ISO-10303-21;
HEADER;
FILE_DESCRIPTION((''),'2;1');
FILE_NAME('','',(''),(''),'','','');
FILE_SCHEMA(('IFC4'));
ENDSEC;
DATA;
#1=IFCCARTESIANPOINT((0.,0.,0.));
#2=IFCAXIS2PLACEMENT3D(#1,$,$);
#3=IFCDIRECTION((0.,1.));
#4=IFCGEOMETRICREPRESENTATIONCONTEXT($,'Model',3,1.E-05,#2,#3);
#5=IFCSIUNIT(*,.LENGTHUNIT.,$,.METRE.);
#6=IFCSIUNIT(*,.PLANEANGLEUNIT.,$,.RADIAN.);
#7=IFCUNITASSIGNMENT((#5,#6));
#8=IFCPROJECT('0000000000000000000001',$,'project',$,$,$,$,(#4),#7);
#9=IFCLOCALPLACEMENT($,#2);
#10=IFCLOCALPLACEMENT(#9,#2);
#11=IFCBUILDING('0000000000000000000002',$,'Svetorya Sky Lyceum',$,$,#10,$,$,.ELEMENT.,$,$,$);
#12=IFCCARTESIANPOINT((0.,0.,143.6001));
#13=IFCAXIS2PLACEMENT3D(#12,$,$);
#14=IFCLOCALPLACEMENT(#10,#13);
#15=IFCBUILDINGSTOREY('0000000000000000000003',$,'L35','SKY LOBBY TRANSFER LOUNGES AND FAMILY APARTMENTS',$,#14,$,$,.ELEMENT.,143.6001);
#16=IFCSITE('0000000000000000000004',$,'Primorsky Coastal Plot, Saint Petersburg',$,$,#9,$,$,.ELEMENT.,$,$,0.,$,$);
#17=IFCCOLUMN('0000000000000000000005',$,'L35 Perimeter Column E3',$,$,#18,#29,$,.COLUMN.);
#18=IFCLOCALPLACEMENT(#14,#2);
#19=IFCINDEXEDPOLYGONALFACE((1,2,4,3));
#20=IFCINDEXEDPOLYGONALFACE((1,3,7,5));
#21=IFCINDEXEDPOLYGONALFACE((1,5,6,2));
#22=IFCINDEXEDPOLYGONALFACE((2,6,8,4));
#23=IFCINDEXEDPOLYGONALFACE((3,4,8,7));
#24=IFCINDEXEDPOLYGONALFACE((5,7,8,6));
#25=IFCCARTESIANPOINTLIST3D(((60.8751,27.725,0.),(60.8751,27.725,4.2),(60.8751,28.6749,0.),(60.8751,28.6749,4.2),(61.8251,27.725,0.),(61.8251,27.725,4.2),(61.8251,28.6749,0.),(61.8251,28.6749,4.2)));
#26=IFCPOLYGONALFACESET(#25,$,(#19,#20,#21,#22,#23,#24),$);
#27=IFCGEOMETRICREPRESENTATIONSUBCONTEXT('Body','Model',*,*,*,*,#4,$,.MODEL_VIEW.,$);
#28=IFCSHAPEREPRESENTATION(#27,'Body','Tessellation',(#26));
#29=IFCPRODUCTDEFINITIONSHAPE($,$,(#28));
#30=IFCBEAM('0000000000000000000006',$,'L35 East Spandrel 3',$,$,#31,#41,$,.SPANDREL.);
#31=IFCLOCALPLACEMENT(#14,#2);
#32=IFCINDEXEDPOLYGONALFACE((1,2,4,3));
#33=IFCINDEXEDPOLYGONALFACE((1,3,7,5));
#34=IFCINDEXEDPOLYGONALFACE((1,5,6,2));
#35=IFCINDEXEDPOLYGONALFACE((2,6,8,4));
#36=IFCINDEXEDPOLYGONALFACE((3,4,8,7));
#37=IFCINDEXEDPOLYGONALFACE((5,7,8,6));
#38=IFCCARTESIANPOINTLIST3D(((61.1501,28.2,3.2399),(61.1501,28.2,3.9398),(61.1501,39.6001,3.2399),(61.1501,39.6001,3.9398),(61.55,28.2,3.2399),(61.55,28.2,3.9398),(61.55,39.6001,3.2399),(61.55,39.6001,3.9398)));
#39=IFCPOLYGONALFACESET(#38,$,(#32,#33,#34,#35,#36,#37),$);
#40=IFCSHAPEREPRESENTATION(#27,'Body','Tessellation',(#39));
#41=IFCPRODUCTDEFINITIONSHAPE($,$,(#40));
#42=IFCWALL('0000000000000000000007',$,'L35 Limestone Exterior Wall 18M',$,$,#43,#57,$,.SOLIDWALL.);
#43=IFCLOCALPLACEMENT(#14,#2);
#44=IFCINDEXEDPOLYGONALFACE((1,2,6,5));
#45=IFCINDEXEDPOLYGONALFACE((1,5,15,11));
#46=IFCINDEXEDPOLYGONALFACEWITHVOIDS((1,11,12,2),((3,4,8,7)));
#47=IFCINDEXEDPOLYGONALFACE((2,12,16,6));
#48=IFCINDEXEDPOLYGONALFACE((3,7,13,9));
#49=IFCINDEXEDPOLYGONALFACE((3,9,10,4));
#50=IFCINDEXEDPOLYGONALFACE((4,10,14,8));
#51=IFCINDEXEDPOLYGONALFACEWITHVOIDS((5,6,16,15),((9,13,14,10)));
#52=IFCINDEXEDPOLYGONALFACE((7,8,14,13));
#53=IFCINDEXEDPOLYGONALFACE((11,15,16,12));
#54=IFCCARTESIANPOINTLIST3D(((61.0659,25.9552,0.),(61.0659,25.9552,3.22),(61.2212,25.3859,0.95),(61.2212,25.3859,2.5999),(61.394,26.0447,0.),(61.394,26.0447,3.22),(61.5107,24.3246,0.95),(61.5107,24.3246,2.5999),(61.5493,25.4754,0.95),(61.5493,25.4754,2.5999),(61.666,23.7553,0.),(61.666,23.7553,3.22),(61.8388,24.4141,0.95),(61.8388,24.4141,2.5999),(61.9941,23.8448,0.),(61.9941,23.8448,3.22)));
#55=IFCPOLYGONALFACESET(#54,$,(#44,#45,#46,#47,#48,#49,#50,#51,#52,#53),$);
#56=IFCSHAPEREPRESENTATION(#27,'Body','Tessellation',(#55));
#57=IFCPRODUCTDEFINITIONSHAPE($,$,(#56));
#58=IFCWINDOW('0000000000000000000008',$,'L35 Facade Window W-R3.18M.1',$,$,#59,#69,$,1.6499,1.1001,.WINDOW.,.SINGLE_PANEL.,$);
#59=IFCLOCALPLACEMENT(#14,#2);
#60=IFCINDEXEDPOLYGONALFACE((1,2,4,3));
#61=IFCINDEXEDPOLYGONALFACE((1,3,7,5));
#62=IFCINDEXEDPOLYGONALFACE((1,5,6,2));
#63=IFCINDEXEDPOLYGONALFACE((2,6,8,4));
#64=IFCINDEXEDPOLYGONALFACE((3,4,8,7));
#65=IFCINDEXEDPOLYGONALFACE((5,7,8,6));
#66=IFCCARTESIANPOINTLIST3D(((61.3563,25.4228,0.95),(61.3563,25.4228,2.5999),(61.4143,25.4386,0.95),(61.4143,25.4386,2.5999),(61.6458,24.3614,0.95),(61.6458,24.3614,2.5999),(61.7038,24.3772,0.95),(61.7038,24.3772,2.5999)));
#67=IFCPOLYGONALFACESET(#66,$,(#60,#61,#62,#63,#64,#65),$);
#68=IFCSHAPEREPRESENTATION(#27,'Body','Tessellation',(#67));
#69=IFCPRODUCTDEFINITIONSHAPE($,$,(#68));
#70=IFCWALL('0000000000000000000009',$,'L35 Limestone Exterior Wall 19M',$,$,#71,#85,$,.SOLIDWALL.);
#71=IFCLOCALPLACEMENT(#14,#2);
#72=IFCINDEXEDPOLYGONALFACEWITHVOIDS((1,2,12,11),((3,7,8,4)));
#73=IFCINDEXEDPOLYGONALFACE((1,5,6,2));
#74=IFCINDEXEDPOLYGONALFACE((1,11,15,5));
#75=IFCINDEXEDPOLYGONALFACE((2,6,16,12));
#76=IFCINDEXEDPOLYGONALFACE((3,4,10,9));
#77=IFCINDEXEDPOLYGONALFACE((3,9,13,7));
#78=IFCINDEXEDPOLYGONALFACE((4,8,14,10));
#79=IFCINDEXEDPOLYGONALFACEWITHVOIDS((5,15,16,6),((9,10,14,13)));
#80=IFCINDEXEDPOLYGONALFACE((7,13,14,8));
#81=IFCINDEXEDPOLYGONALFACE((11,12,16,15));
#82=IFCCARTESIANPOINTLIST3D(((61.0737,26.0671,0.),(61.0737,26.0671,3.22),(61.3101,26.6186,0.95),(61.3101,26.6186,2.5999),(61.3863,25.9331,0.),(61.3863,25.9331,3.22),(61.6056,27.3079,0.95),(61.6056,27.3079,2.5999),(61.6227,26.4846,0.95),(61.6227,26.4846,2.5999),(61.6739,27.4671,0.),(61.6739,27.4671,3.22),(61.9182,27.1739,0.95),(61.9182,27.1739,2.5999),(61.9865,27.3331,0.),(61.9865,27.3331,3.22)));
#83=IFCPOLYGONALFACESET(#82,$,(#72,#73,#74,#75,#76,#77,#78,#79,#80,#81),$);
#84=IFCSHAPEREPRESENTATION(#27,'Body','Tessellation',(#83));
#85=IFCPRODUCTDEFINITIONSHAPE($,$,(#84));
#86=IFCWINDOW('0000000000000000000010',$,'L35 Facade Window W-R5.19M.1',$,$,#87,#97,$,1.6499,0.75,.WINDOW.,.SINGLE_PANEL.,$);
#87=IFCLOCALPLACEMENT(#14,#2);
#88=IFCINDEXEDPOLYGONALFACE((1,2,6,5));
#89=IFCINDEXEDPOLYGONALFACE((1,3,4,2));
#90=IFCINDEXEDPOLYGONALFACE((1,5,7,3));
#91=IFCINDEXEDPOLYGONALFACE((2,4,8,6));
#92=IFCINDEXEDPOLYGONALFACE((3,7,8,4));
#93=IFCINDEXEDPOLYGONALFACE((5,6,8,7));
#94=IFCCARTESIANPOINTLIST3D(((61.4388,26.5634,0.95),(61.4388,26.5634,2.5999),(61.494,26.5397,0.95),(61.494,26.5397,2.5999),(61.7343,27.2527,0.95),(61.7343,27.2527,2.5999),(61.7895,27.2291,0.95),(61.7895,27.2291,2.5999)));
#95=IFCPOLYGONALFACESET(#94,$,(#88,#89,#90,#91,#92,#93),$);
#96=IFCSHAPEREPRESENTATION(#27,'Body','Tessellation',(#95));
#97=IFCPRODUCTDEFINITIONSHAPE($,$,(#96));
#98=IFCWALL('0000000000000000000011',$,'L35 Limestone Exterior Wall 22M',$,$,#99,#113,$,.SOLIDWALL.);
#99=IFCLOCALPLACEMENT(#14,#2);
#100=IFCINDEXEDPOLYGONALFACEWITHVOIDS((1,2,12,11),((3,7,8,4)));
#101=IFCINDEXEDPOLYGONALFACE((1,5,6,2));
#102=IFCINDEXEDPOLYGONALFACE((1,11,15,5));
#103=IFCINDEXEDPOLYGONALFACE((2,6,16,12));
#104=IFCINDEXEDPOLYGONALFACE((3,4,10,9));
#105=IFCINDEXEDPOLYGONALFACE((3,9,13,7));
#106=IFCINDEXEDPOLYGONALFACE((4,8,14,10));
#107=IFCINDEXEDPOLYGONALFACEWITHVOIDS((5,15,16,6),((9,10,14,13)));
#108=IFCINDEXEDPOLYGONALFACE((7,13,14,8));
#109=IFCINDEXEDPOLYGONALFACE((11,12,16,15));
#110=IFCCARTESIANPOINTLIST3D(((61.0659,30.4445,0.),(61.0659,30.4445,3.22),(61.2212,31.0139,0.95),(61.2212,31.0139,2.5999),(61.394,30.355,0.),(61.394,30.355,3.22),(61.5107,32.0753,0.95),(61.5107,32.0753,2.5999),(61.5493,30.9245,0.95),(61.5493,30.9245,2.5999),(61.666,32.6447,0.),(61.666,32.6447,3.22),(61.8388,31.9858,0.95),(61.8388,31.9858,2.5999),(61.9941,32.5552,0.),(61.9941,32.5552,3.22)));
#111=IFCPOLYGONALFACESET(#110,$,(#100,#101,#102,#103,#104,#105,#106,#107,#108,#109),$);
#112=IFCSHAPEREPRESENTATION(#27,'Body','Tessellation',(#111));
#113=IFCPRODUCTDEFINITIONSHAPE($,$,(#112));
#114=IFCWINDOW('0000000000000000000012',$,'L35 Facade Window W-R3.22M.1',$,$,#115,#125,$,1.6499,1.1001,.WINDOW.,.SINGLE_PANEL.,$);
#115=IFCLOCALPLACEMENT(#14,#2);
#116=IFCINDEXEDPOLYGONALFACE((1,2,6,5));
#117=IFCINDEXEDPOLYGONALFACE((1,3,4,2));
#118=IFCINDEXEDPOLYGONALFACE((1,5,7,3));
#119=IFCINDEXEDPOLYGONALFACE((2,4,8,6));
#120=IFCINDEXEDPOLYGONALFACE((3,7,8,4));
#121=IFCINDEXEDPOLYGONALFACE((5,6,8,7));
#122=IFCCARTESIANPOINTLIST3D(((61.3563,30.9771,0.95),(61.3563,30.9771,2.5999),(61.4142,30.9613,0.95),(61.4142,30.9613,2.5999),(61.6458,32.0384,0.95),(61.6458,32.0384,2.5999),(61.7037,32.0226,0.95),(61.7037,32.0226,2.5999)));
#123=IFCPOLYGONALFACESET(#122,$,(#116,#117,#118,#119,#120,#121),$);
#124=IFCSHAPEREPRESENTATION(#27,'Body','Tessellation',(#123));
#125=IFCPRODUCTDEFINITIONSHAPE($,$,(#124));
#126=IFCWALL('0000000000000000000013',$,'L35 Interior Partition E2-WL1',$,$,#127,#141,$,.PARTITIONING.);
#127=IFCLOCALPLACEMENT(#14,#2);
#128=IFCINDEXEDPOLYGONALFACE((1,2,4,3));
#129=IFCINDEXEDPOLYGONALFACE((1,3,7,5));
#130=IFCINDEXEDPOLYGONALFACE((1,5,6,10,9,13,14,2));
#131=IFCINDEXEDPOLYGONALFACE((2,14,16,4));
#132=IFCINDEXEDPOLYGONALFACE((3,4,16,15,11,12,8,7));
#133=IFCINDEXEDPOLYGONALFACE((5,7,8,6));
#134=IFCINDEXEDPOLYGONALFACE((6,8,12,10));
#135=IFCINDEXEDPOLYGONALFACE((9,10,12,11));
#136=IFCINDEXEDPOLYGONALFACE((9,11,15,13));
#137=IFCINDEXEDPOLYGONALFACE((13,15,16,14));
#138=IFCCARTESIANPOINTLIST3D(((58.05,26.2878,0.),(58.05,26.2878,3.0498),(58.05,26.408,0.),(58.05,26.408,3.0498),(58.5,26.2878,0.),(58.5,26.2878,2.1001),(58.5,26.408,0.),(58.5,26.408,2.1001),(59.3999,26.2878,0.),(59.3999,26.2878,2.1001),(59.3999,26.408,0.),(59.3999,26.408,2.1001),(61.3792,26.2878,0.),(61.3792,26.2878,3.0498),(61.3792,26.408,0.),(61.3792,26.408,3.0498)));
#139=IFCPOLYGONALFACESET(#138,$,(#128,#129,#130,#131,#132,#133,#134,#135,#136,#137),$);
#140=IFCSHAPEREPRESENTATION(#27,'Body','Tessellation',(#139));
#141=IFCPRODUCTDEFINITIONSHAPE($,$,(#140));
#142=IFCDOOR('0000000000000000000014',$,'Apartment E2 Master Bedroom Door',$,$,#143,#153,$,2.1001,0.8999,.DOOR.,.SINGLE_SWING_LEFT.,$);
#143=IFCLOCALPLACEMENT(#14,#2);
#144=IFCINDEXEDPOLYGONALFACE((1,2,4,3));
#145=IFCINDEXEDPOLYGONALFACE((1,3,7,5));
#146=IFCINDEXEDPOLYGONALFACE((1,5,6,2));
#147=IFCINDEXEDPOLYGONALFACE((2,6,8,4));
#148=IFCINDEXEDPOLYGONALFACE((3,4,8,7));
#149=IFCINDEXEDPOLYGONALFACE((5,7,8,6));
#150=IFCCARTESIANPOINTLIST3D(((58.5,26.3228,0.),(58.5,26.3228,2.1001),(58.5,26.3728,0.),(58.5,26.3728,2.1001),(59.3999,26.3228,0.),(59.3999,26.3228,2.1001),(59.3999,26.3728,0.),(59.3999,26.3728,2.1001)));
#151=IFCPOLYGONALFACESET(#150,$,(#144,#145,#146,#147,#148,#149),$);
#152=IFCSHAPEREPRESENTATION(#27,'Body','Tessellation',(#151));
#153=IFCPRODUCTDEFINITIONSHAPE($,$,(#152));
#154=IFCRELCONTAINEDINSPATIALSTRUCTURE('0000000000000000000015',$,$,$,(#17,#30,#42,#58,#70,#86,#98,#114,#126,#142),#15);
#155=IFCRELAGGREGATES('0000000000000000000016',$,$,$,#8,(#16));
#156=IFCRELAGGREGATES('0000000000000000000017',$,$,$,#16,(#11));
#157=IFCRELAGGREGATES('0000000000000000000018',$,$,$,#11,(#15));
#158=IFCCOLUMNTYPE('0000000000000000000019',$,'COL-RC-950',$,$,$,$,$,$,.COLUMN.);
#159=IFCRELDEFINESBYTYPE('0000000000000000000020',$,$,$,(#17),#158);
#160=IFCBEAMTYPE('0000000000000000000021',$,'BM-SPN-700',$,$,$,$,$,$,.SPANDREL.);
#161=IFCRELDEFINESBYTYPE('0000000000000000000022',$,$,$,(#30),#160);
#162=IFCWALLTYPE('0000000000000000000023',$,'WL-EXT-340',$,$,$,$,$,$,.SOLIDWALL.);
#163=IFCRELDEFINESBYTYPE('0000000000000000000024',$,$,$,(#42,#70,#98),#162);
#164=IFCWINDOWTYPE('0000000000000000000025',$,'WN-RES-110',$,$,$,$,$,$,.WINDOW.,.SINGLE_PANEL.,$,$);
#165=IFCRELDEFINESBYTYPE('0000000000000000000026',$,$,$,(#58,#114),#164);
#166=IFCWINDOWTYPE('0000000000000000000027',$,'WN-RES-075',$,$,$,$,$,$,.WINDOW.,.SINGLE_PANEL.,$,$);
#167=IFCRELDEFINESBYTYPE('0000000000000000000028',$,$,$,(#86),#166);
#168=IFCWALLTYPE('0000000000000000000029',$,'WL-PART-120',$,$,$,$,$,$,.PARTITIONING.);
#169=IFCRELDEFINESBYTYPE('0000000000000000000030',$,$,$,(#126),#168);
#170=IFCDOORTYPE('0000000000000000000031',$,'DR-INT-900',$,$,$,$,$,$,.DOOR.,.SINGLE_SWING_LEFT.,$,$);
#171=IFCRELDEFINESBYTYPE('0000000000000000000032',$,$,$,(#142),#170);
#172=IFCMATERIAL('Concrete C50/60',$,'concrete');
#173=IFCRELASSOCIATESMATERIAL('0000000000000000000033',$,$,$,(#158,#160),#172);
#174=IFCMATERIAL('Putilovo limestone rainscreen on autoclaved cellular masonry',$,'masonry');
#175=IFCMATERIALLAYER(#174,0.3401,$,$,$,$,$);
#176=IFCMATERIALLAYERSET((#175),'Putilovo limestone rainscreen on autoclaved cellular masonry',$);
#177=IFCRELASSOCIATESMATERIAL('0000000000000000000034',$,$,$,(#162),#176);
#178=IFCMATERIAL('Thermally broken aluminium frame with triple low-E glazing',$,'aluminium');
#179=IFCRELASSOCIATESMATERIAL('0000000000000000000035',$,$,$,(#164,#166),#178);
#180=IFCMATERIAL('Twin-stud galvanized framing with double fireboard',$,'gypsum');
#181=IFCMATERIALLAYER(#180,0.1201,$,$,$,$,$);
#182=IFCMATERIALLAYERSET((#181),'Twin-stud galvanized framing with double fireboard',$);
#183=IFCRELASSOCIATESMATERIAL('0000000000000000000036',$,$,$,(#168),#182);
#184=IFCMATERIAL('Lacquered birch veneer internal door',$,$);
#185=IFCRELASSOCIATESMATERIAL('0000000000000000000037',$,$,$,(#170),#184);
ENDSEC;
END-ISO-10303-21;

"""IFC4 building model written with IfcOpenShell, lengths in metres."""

from ifc_helpers import new_model, si_unit, direction, frame, frame_2d, origin, origin_2d, place, context, subcontext, project, spatial, rectangle, extrude, material, layer, layer_set, material_profile, profile_set, type_object, element, fill, save


model = new_model("IFC4")

# Units and contexts
model_context = context("Model", 3, precision=1e-05, world=origin(), true_north=direction((0.0, 1.0)))
body_context = subcontext(model_context, "Body", "Model", "MODEL_VIEW")
ifc_project = project(units=[si_unit("LENGTHUNIT", "METRE"), si_unit("PLANEANGLEUNIT", "RADIAN")], contexts=[model_context])

# Site, building, storey
site_placement = place(None, origin())
site = spatial("IfcSite", under=ifc_project, at=site_placement, Name="Primorsky Coastal Plot, Saint Petersburg", CompositionType="ELEMENT", RefElevation=0.0)
building_placement = place(site_placement, origin())
building = spatial("IfcBuilding", under=site, at=building_placement, Name="Svetorya Sky Lyceum", CompositionType="ELEMENT")
storey_placement = place(building_placement, frame((0.0, 0.0, 143.6001)))
storey = spatial("IfcBuildingStorey", under=building, at=storey_placement, Name="L35", Description="SKY LOBBY TRANSFER LOUNGES AND FAMILY APARTMENTS", CompositionType="ELEMENT", Elevation=143.6001)

# Column
ifc_material_1 = material(Name="Concrete C50/60", Category="concrete")
ifc_material_profile_1 = material_profile(ifc_material_1, rectangle(XDim=0.95, YDim=0.95, at=origin_2d()), Name="RC COL 950x950")
ifc_profile_set_1 = profile_set([ifc_material_profile_1], Name="Concrete C50/60")
column_type = type_object("IfcColumnType", Name="COL-RC-950", PredefinedType="COLUMN", material=ifc_profile_set_1)
column_placement = place(storey_placement, frame((61.3501, 28.2, 0.0), z_axis=(0.0, 0.0, 1.0), x_axis=(1.0, 0.0, 0.0)))
element("IfcColumn", 1, at=column_placement, inside=storey, type_object=column_type, Name="L35 Perimeter Column E3", PredefinedType="COLUMN", context=body_context, shape_type="SweptSolid", body=[
    extrude(rectangle(XDim=0.95, YDim=0.95, at=origin_2d()), origin(), (0.0, 0.0, 1.0), 4.2),
])

# Beam
ifc_material_profile_2 = material_profile(ifc_material_1, rectangle(XDim=0.3999, YDim=0.7, at=origin_2d()), Name="RC SPANDREL 400x700")
ifc_profile_set_2 = profile_set([ifc_material_profile_2], Name="Concrete C50/60")
beam_type = type_object("IfcBeamType", Name="BM-SPN-700", PredefinedType="SPANDREL", material=ifc_profile_set_2)
beam_placement = place(storey_placement, frame((61.3501, 28.2, 3.5898), z_axis=(0.0, 1.0, 0.0), x_axis=(-1.0, 0.0, 0.0)))
element("IfcBeam", 2, at=beam_placement, inside=storey, type_object=beam_type, Name="L35 East Spandrel 3", PredefinedType="SPANDREL", context=body_context, shape_type="SweptSolid", body=[
    extrude(rectangle(XDim=0.3999, YDim=0.7, at=origin_2d()), origin(), (0.0, 0.0, 1.0), 11.4001),
])

# Walls, openings, windows
ifc_material_2 = material(Name="Putilovo limestone rainscreen on autoclaved cellular masonry", Category="masonry")
ifc_layer_1 = layer(ifc_material_2, 0.3401)
ifc_layer_set_1 = layer_set([ifc_layer_1], Name="Putilovo limestone rainscreen on autoclaved cellular masonry")
wall_type_1 = type_object("IfcWallType", Name="WL-EXT-340", PredefinedType="SOLIDWALL", material=ifc_layer_set_1)
wall_1_placement = place(storey_placement, frame((61.8301, 23.8, 0.0), z_axis=(0.0, 0.0, 1.0), x_axis=(-0.263163, 0.964751, 0.0)))
wall_1 = element("IfcWall", 3, at=wall_1_placement, inside=storey, type_object=wall_type_1, Name="L35 Limestone Exterior Wall 18M", PredefinedType="SOLIDWALL", context=body_context, shape_type="SweptSolid", body=[
    extrude(rectangle(XDim=2.2803, YDim=0.3401, at=frame_2d((1.1401, 0.0))), origin(), (0.0, 0.0, 1.0), 3.22),
])
opening_1_placement = place(wall_1_placement, frame((0.5901, 0.0, 0.95)))
opening_1 = element("IfcOpeningElement", 4, at=opening_1_placement, cuts=wall_1, PredefinedType="OPENING", context=body_context, shape_type="SweptSolid", body=[
    extrude(rectangle(XDim=1.1001, YDim=1.6499, at=frame_2d((0.55, 0.825))), frame((0.0, 0.1799, 0.0), z_axis=(0.0, -1.0, 0.0), x_axis=(1.0, 0.0, 0.0)), (0.0, 0.0, 1.0), 0.3601),
])
ifc_material_3 = material(Name="Thermally broken aluminium frame with triple low-E glazing", Category="aluminium")
window_type_1 = type_object("IfcWindowType", Name="WN-RES-110", PartitioningType="SINGLE_PANEL", PredefinedType="WINDOW", material=ifc_material_3)
window_1_placement = place(opening_1_placement, origin())
window_1 = element("IfcWindow", 5, at=window_1_placement, inside=storey, type_object=window_type_1, Name="L35 Facade Window W-R3.18M.1", OverallHeight=1.6499, OverallWidth=1.1001, PartitioningType="SINGLE_PANEL", PredefinedType="WINDOW", context=body_context, shape_type="SweptSolid", body=[
    extrude(rectangle(XDim=1.1001, YDim=1.6499, at=frame_2d((0.55, 0.825))), frame((0.0, 0.03, 0.0), z_axis=(0.0, -1.0, 0.0), x_axis=(1.0, 0.0, 0.0)), (0.0, 0.0, 1.0), 0.0601),
])
fill(opening_1, window_1)
wall_2_placement = place(storey_placement, frame((61.23, 26.0, 0.0), z_axis=(0.0, 0.0, 1.0), x_axis=(0.393997, 0.919112, 0.0)))
wall_2 = element("IfcWall", 6, at=wall_2_placement, inside=storey, type_object=wall_type_1, Name="L35 Limestone Exterior Wall 19M", PredefinedType="SOLIDWALL", context=body_context, shape_type="SweptSolid", body=[
    extrude(rectangle(XDim=1.5232, YDim=0.3401, at=frame_2d((0.7617, 0.0))), origin(), (0.0, 0.0, 1.0), 3.22),
])
opening_2_placement = place(wall_2_placement, frame((0.6001, 0.0, 0.95)))
opening_2 = element("IfcOpeningElement", 7, at=opening_2_placement, cuts=wall_2, PredefinedType="OPENING", context=body_context, shape_type="SweptSolid", body=[
    extrude(rectangle(XDim=0.75, YDim=1.6499, at=frame_2d((0.375, 0.825))), frame((0.0, 0.1799, 0.0), z_axis=(0.0, -1.0, 0.0), x_axis=(1.0, 0.0, 0.0)), (0.0, 0.0, 1.0), 0.3601),
])
window_type_2 = type_object("IfcWindowType", Name="WN-RES-075", PartitioningType="SINGLE_PANEL", PredefinedType="WINDOW", material=ifc_material_3)
window_2_placement = place(opening_2_placement, origin())
window_2 = element("IfcWindow", 8, at=window_2_placement, inside=storey, type_object=window_type_2, Name="L35 Facade Window W-R5.19M.1", OverallHeight=1.6499, OverallWidth=0.75, PartitioningType="SINGLE_PANEL", PredefinedType="WINDOW", context=body_context, shape_type="SweptSolid", body=[
    extrude(rectangle(XDim=0.75, YDim=1.6499, at=frame_2d((0.375, 0.825))), frame((0.0, 0.03, 0.0), z_axis=(0.0, -1.0, 0.0), x_axis=(1.0, 0.0, 0.0)), (0.0, 0.0, 1.0), 0.0601),
])
fill(opening_2, window_2)
wall_3_placement = place(storey_placement, frame((61.23, 30.3999, 0.0), z_axis=(0.0, 0.0, 1.0), x_axis=(0.263136, 0.964759, 0.0)))
wall_3 = element("IfcWall", 9, at=wall_3_placement, inside=storey, type_object=wall_type_1, Name="L35 Limestone Exterior Wall 22M", PredefinedType="SOLIDWALL", context=body_context, shape_type="SweptSolid", body=[
    extrude(rectangle(XDim=2.2805, YDim=0.3401, at=frame_2d((1.1401, 0.0))), origin(), (0.0, 0.0, 1.0), 3.22),
])
opening_3_placement = place(wall_3_placement, frame((0.5901, 0.0, 0.95)))
opening_3 = element("IfcOpeningElement", 10, at=opening_3_placement, cuts=wall_3, PredefinedType="OPENING", context=body_context, shape_type="SweptSolid", body=[
    extrude(rectangle(XDim=1.1001, YDim=1.6499, at=frame_2d((0.55, 0.825))), frame((0.0, 0.1799, 0.0), z_axis=(0.0, -1.0, 0.0), x_axis=(1.0, 0.0, 0.0)), (0.0, 0.0, 1.0), 0.3601),
])
window_3_placement = place(opening_3_placement, origin())
window_3 = element("IfcWindow", 11, at=window_3_placement, inside=storey, type_object=window_type_1, Name="L35 Facade Window W-R3.22M.1", OverallHeight=1.6499, OverallWidth=1.1001, PartitioningType="SINGLE_PANEL", PredefinedType="WINDOW", context=body_context, shape_type="SweptSolid", body=[
    extrude(rectangle(XDim=1.1001, YDim=1.6499, at=frame_2d((0.55, 0.825))), frame((0.0, 0.03, 0.0), z_axis=(0.0, -1.0, 0.0), x_axis=(1.0, 0.0, 0.0)), (0.0, 0.0, 1.0), 0.0601),
])
fill(opening_3, window_3)

# Wall, opening, door
ifc_material_4 = material(Name="Twin-stud galvanized framing with double fireboard", Category="gypsum")
ifc_layer_2 = layer(ifc_material_4, 0.1201)
ifc_layer_set_2 = layer_set([ifc_layer_2], Name="Twin-stud galvanized framing with double fireboard")
wall_type_2 = type_object("IfcWallType", Name="WL-PART-120", PredefinedType="PARTITIONING", material=ifc_layer_set_2)
wall_4_placement = place(storey_placement, frame((58.05, 26.3479, 0.0), z_axis=(0.0, 0.0, 1.0), x_axis=(1.0, 0.0, 0.0)))
wall_4 = element("IfcWall", 12, at=wall_4_placement, inside=storey, type_object=wall_type_2, Name="L35 Interior Partition E2-WL1", PredefinedType="PARTITIONING", context=body_context, shape_type="SweptSolid", body=[
    extrude(rectangle(XDim=3.3291, YDim=0.1201, at=frame_2d((1.6646, 0.0))), origin(), (0.0, 0.0, 1.0), 3.0498),
])
opening_4_placement = place(wall_4_placement, frame((0.45, 0.0, 0.0)))
opening_4 = element("IfcOpeningElement", 13, at=opening_4_placement, cuts=wall_4, PredefinedType="OPENING", context=body_context, shape_type="SweptSolid", body=[
    extrude(rectangle(XDim=0.8999, YDim=2.1001, at=frame_2d((0.45, 1.05))), frame((0.0, 0.0701, 0.0), z_axis=(0.0, -1.0, 0.0), x_axis=(1.0, 0.0, 0.0)), (0.0, 0.0, 1.0), 0.1401),
])
ifc_material_5 = material(Name="Lacquered birch veneer internal door")
door_type_1 = type_object("IfcDoorType", Name="DR-INT-900", OperationType="SINGLE_SWING_LEFT", PredefinedType="DOOR", material=ifc_material_5)
door_1_placement = place(opening_4_placement, origin())
door_1 = element("IfcDoor", 14, at=door_1_placement, inside=storey, type_object=door_type_1, Name="Apartment E2 Master Bedroom Door", OperationType="SINGLE_SWING_LEFT", OverallHeight=2.1001, OverallWidth=0.8999, PredefinedType="DOOR", context=body_context, shape_type="SweptSolid", body=[
    extrude(rectangle(XDim=0.8999, YDim=2.1001, at=frame_2d((0.45, 1.05))), frame((0.0, 0.0249, 0.0), z_axis=(0.0, -1.0, 0.0), x_axis=(1.0, 0.0, 0.0)), (0.0, 0.0, 1.0), 0.05),
])
fill(opening_4, door_1)

save(model, "model.ifc")
